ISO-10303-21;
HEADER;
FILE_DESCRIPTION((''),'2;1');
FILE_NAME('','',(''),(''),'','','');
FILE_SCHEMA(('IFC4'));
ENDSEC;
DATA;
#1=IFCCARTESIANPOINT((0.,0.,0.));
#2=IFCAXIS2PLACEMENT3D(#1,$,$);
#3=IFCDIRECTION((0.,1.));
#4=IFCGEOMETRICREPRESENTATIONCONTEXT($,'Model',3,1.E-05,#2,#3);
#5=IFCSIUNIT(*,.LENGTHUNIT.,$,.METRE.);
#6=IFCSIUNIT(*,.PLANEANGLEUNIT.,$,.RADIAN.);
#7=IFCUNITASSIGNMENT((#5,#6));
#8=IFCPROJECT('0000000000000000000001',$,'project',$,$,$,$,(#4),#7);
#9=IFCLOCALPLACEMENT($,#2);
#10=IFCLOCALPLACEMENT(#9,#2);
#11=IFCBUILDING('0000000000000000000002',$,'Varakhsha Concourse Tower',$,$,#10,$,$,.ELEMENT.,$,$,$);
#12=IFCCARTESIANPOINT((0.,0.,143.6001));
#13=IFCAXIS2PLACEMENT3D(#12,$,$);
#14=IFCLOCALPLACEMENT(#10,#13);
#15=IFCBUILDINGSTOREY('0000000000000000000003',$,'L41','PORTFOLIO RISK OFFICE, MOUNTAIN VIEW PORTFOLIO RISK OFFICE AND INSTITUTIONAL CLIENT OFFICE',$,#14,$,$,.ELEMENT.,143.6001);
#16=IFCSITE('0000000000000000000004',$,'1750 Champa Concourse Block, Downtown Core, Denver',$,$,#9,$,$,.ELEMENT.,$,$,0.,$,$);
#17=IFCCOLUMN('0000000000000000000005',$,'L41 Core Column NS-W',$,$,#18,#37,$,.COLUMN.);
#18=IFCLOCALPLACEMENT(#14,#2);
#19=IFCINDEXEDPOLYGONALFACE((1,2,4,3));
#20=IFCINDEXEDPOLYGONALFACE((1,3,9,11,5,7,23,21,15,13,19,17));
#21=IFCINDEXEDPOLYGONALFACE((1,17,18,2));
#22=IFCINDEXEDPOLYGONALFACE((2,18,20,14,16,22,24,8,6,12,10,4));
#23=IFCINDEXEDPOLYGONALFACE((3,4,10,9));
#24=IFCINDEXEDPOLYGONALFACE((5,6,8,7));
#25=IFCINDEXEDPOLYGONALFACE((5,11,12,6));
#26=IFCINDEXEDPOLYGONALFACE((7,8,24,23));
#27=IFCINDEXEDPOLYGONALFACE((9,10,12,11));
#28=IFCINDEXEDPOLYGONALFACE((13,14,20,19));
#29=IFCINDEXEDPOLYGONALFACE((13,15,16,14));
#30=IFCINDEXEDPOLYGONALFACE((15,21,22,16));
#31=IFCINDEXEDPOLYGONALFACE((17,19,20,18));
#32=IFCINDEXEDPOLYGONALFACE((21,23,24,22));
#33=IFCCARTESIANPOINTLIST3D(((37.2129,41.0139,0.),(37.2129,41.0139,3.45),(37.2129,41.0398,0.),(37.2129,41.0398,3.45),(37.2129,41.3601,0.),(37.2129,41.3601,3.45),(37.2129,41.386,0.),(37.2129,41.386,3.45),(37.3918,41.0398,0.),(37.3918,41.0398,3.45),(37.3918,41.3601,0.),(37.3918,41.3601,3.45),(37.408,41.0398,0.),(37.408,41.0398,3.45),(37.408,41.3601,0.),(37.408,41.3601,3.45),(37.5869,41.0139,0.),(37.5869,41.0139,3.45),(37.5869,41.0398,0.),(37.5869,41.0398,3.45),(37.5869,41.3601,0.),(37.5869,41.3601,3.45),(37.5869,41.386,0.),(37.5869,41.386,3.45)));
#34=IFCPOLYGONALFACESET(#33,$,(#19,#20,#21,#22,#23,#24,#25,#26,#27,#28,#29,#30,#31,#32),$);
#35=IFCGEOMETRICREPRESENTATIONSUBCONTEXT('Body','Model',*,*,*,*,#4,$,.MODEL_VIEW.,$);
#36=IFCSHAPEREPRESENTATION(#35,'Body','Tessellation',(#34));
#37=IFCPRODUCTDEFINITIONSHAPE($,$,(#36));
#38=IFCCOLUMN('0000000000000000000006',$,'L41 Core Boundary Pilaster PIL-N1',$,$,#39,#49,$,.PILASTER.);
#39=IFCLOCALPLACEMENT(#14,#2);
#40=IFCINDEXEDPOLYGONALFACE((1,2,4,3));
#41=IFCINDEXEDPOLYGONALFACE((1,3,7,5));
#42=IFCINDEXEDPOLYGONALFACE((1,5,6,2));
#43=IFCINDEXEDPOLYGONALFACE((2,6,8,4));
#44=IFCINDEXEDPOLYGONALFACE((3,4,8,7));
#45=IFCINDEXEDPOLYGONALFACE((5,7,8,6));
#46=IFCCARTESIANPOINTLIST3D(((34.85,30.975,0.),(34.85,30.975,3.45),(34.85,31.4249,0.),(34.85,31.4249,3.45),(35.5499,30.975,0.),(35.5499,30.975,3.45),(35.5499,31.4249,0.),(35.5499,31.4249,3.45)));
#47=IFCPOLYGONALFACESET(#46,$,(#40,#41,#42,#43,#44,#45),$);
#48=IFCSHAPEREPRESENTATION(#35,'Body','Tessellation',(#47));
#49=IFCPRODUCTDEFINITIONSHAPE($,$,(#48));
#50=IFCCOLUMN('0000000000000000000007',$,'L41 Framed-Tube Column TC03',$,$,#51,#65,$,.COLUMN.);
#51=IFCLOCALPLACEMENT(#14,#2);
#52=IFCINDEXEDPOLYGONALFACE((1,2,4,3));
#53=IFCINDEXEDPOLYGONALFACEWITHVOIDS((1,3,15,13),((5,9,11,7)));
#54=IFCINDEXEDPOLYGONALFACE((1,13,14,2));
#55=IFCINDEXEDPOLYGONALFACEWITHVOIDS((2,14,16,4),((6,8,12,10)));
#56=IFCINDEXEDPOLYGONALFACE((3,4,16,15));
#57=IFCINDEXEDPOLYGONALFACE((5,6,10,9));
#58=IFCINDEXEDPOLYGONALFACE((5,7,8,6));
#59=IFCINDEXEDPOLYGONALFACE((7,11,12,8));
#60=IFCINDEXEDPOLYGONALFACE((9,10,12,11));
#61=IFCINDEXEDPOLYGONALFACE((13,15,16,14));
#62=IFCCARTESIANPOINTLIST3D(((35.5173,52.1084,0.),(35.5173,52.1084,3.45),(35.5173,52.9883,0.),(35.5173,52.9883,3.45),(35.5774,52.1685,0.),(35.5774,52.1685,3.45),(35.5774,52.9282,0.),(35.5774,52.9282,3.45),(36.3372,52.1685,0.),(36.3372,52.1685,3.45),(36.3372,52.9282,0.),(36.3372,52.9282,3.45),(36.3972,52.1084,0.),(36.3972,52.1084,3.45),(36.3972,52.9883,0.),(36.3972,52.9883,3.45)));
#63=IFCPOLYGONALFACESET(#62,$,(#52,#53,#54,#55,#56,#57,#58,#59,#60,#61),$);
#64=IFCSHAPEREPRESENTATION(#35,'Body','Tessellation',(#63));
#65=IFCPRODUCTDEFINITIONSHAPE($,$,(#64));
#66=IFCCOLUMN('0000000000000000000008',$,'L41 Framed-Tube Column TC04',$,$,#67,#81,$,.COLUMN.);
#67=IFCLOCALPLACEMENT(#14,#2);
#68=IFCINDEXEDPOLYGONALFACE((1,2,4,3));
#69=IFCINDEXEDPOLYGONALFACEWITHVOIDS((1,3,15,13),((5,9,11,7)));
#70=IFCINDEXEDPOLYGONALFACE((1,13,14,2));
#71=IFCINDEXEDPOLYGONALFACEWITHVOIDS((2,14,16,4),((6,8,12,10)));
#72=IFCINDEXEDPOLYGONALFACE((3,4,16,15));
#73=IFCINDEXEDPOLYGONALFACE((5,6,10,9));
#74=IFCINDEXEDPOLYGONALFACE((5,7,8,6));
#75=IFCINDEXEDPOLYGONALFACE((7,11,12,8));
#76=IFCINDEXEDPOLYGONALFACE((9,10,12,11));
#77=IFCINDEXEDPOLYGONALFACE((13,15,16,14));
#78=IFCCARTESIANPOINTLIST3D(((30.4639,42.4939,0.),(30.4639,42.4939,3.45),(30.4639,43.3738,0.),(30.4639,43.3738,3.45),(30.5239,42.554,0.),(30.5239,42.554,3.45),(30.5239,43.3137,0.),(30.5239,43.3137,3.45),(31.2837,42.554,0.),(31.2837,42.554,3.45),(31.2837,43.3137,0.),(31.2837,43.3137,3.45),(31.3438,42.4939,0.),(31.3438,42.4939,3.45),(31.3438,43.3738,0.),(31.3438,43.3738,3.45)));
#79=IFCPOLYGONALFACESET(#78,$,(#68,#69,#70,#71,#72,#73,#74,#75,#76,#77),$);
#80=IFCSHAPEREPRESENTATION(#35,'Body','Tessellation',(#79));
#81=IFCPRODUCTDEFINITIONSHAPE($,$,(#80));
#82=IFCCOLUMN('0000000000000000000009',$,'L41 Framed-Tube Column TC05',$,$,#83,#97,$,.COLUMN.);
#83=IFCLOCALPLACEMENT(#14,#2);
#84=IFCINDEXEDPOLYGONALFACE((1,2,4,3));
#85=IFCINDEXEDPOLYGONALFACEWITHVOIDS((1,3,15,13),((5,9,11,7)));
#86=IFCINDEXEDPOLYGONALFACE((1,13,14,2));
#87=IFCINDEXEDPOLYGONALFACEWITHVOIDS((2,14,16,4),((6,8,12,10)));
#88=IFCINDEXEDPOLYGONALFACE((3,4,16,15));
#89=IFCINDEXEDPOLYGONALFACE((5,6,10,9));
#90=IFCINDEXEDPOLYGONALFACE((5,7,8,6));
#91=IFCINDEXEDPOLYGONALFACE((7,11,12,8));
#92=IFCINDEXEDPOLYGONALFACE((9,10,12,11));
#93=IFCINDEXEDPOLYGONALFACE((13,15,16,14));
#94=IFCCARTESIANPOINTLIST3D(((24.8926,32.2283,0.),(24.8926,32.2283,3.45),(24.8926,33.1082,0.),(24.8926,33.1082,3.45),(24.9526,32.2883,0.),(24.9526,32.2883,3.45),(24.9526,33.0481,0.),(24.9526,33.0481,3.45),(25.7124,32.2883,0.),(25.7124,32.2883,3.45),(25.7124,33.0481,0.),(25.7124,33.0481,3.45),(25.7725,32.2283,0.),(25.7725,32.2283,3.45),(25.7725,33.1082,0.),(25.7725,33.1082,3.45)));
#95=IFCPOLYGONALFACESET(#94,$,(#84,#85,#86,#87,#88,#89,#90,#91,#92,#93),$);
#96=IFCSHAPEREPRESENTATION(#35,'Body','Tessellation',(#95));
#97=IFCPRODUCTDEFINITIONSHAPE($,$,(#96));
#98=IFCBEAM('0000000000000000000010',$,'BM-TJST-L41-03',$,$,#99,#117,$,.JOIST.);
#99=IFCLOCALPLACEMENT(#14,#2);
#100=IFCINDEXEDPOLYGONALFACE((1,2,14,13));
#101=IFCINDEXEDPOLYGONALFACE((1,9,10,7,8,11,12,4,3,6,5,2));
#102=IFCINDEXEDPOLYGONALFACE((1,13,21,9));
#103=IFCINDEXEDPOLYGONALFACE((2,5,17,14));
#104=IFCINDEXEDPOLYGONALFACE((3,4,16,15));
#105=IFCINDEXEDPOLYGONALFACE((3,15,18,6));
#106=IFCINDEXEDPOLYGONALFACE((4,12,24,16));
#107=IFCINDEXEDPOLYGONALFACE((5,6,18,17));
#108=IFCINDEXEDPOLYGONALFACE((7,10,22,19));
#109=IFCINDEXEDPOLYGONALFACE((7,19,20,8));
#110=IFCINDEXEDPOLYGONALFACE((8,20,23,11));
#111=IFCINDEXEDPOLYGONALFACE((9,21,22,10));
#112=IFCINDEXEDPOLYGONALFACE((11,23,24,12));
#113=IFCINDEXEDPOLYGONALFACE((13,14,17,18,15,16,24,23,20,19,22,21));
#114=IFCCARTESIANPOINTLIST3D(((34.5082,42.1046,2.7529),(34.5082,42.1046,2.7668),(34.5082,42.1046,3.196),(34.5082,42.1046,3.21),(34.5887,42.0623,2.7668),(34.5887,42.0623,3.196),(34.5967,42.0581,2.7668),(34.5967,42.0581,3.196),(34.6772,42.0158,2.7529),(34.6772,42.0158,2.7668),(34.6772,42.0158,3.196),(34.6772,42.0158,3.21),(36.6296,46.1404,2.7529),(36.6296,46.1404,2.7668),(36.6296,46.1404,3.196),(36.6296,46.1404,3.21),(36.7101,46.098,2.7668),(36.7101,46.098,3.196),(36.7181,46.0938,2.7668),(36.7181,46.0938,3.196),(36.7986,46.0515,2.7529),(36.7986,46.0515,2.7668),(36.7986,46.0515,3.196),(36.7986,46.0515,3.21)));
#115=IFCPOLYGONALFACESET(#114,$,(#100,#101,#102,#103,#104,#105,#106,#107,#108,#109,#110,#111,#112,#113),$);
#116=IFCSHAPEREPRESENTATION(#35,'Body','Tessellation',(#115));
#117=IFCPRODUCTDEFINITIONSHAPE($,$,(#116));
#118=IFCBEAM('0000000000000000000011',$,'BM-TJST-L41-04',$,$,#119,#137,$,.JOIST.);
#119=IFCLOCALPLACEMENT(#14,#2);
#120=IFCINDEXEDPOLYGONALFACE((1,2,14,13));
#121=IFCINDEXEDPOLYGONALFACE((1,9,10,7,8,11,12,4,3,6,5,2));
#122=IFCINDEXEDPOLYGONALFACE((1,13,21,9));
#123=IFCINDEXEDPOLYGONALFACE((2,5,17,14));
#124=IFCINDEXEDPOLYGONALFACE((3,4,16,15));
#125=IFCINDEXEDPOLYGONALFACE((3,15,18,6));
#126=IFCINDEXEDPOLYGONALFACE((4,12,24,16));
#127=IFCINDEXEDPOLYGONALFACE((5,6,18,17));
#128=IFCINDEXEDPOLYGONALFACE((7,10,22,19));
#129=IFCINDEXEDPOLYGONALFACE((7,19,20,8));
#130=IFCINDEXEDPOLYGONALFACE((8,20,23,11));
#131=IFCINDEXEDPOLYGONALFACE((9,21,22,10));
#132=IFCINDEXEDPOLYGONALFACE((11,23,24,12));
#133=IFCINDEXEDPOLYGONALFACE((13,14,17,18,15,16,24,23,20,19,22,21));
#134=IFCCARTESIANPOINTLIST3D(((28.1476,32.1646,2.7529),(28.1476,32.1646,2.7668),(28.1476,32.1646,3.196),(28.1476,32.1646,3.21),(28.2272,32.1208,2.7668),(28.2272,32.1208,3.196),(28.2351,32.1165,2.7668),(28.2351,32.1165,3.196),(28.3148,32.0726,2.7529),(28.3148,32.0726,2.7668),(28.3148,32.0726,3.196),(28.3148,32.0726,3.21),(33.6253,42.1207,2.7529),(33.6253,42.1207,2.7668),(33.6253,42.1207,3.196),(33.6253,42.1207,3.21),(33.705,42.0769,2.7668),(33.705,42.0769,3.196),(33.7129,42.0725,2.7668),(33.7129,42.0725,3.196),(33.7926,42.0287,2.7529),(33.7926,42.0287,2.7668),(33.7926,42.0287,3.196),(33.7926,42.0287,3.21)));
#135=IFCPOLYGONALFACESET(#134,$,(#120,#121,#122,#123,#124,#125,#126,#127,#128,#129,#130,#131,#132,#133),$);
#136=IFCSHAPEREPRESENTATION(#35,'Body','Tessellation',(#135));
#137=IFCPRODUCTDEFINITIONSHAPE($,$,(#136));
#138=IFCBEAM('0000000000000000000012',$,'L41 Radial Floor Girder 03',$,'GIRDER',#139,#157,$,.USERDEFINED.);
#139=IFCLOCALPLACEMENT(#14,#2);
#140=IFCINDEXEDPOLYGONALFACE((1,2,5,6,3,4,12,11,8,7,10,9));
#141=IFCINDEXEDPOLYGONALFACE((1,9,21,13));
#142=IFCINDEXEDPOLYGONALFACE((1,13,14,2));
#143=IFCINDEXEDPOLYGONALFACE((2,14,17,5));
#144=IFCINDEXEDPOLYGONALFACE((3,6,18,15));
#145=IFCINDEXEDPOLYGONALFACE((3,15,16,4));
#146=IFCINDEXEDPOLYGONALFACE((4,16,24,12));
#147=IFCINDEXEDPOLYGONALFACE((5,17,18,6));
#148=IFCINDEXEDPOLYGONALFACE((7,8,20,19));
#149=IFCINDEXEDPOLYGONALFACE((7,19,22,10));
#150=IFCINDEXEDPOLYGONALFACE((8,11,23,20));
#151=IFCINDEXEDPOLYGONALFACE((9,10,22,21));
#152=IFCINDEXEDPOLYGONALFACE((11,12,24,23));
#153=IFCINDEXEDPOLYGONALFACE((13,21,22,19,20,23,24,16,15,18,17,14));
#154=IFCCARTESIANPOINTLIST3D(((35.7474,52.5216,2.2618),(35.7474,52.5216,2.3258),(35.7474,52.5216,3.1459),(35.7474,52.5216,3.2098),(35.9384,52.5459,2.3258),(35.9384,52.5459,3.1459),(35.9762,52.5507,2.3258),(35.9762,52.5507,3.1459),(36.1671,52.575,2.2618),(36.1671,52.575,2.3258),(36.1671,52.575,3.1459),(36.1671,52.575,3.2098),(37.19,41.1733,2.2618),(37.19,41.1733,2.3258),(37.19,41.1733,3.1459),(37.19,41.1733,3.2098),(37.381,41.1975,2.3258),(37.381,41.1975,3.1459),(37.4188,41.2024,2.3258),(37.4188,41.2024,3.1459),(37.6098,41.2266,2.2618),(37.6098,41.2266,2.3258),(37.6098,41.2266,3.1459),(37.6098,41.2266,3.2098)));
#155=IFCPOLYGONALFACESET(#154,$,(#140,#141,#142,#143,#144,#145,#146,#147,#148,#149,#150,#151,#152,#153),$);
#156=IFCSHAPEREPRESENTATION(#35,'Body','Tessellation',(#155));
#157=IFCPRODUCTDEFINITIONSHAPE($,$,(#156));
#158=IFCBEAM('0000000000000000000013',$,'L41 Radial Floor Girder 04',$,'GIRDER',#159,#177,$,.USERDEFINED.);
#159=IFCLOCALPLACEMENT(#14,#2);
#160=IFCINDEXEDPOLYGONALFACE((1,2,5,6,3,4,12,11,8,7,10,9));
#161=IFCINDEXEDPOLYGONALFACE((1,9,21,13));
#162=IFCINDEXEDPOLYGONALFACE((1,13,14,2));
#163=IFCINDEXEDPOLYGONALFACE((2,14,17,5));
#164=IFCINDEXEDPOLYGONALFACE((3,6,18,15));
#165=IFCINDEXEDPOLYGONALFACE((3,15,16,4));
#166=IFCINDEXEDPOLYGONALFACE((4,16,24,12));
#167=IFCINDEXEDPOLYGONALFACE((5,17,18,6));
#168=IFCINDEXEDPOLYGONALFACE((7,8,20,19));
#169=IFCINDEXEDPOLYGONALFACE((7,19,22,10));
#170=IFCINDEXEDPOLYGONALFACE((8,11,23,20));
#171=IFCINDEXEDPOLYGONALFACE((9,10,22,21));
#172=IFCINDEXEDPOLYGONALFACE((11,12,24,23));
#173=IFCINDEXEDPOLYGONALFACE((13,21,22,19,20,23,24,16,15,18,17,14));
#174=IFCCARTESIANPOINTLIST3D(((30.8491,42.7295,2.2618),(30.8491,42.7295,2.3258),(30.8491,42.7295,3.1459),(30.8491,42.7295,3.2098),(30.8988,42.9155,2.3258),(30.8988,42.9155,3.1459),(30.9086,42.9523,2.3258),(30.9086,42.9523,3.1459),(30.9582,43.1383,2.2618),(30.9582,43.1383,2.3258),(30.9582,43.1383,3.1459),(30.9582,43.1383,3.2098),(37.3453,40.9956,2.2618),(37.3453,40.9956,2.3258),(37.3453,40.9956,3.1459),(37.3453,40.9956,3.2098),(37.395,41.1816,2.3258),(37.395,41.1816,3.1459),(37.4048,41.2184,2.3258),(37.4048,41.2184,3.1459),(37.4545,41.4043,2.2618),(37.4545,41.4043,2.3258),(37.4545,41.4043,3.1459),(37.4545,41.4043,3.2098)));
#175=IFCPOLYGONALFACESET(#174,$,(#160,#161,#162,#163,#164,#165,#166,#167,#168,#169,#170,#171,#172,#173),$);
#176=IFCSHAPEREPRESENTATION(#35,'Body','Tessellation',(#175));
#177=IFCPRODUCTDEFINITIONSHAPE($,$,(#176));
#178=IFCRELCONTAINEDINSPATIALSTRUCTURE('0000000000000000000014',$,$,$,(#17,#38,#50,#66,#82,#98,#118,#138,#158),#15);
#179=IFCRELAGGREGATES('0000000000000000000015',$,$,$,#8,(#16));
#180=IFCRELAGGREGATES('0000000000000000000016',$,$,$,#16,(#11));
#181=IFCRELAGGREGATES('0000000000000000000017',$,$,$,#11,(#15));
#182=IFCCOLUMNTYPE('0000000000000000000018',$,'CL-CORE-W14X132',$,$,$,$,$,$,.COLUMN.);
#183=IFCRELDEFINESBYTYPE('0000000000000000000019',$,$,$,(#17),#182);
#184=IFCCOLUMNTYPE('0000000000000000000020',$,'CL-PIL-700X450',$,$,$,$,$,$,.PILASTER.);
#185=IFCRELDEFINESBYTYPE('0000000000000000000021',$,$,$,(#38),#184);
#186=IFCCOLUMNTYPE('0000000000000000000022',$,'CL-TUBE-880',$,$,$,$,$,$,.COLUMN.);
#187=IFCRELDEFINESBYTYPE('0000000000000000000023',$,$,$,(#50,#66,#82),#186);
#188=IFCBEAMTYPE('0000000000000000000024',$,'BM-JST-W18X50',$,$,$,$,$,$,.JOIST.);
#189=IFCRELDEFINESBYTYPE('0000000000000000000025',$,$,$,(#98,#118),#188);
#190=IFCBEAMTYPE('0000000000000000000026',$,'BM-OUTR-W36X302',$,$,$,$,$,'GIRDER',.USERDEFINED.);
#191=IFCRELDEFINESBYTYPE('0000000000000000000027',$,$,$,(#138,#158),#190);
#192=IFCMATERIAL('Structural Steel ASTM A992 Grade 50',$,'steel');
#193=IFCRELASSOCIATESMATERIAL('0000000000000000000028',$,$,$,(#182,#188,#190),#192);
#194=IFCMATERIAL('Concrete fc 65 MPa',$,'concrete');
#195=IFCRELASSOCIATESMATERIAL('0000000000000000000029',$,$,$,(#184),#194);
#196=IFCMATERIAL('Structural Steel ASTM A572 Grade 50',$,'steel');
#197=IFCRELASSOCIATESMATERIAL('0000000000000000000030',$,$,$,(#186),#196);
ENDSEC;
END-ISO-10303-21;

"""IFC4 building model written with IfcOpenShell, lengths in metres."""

from ifc_helpers import new_model, si_unit, direction, frame, origin, origin_2d, place, context, subcontext, project, spatial, rectangle, hollow_rectangle, i_section, extrude, material, material_profile, profile_set, type_object, element, save


model = new_model("IFC4")

# Units and contexts
model_context = context("Model", 3, precision=1e-05, world=origin(), true_north=direction((0.0, 1.0)))
body_context = subcontext(model_context, "Body", "Model", "MODEL_VIEW")
ifc_project = project(units=[si_unit("LENGTHUNIT", "METRE"), si_unit("PLANEANGLEUNIT", "RADIAN")], contexts=[model_context])

# Site, building, storey
site_placement = place(None, origin())
site = spatial("IfcSite", under=ifc_project, at=site_placement, Name="1750 Champa Concourse Block, Downtown Core, Denver", CompositionType="ELEMENT", RefElevation=0.0)
building_placement = place(site_placement, origin())
building = spatial("IfcBuilding", under=site, at=building_placement, Name="Varakhsha Concourse Tower", CompositionType="ELEMENT")
storey_placement = place(building_placement, frame((0.0, 0.0, 143.6001)))
storey = spatial("IfcBuildingStorey", under=building, at=storey_placement, Name="L41", Description="PORTFOLIO RISK OFFICE, MOUNTAIN VIEW PORTFOLIO RISK OFFICE AND INSTITUTIONAL CLIENT OFFICE", CompositionType="ELEMENT", Elevation=143.6001)

# Columns
ifc_material_1 = material(Name="Structural Steel ASTM A992 Grade 50", Category="steel")
ifc_material_profile_1 = material_profile(ifc_material_1, i_section(OverallWidth=0.374, OverallDepth=0.3721, WebThickness=0.0161, FlangeThickness=0.0259, at=origin_2d()), Name="W14X132")
ifc_profile_set_1 = profile_set([ifc_material_profile_1], Name="Structural Steel ASTM A992 Grade 50")
column_type_1 = type_object("IfcColumnType", Name="CL-CORE-W14X132", PredefinedType="COLUMN", material=ifc_profile_set_1)
column_1_placement = place(storey_placement, frame((37.3999, 41.2, 0.0), z_axis=(0.0, 0.0, 1.0), x_axis=(1.0, 0.0, 0.0)))
element("IfcColumn", 1, at=column_1_placement, inside=storey, type_object=column_type_1, Name="L41 Core Column NS-W", PredefinedType="COLUMN", context=body_context, shape_type="SweptSolid", body=[
    extrude(i_section(OverallWidth=0.374, OverallDepth=0.3721, WebThickness=0.0161, FlangeThickness=0.0259, at=origin_2d()), origin(), (0.0, 0.0, 1.0), 3.45),
])
ifc_material_2 = material(Name="Concrete fc 65 MPa", Category="concrete")
ifc_material_profile_2 = material_profile(ifc_material_2, rectangle(XDim=0.7, YDim=0.45, at=origin_2d()), Name="RC 700x450")
ifc_profile_set_2 = profile_set([ifc_material_profile_2], Name="Concrete fc 65 MPa")
column_type_2 = type_object("IfcColumnType", Name="CL-PIL-700X450", PredefinedType="PILASTER", material=ifc_profile_set_2)
column_2_placement = place(storey_placement, frame((35.2, 31.2, 0.0), z_axis=(0.0, 0.0, 1.0), x_axis=(1.0, 0.0, 0.0)))
element("IfcColumn", 2, at=column_2_placement, inside=storey, type_object=column_type_2, Name="L41 Core Boundary Pilaster PIL-N1", PredefinedType="PILASTER", context=body_context, shape_type="SweptSolid", body=[
    extrude(rectangle(XDim=0.7, YDim=0.45, at=origin_2d()), origin(), (0.0, 0.0, 1.0), 3.45),
])
ifc_material_3 = material(Name="Structural Steel ASTM A572 Grade 50", Category="steel")
ifc_material_profile_3 = material_profile(ifc_material_3, hollow_rectangle(XDim=0.8799, YDim=0.8799, WallThickness=0.0601, at=origin_2d()), Name="BOX 880x880x60")
ifc_profile_set_3 = profile_set([ifc_material_profile_3], Name="Structural Steel ASTM A572 Grade 50")
column_type_3 = type_object("IfcColumnType", Name="CL-TUBE-880", PredefinedType="COLUMN", material=ifc_profile_set_3)
for number, where, z_axis, x_axis, name in (
    (3, (35.9573, 52.5483, 0.0), (0.0, 0.0, 1.0), (1.0, 0.0, 0.0), "L41 Framed-Tube Column TC03"),
    (4, (30.9038, 42.9338, 0.0), (0.0, 0.0, 1.0), (1.0, 0.0, 0.0), "L41 Framed-Tube Column TC04"),
    (5, (25.3325, 32.6682, 0.0), (0.0, 0.0, 1.0), (1.0, 0.0, 0.0), "L41 Framed-Tube Column TC05"),
):
    element("IfcColumn", number, at=place(storey_placement, frame(where, z_axis=z_axis, x_axis=x_axis)), inside=storey, type_object=column_type_3, Name=name, PredefinedType="COLUMN", context=body_context, shape_type="SweptSolid", body=[
        extrude(hollow_rectangle(XDim=0.8799, YDim=0.8799, WallThickness=0.0601, at=origin_2d()), origin(), (0.0, 0.0, 1.0), 3.45),
    ])

# Beams
ifc_material_profile_4 = material_profile(ifc_material_1, i_section(OverallWidth=0.1909, OverallDepth=0.457, WebThickness=0.009, FlangeThickness=0.0139, at=origin_2d()), Name="W18X50")
ifc_profile_set_4 = profile_set([ifc_material_profile_4], Name="Structural Steel ASTM A992 Grade 50")
beam_type_1 = type_object("IfcBeamType", Name="BM-JST-W18X50", PredefinedType="JOIST", material=ifc_profile_set_4)
beam_1_placement = place(storey_placement, frame((36.7141, 46.0959, 2.9814), z_axis=(-0.465285, -0.885161, 0.0), x_axis=(0.885161, -0.465285, 0.0)))
element("IfcBeam", 6, at=beam_1_placement, inside=storey, type_object=beam_type_1, Name="BM-TJST-L41-03", PredefinedType="JOIST", context=body_context, shape_type="SweptSolid", body=[
    extrude(i_section(OverallWidth=0.1909, OverallDepth=0.457, WebThickness=0.009, FlangeThickness=0.0139, at=origin_2d()), origin(), (0.0, 0.0, 1.0), 4.5593),
])
beam_2_placement = place(storey_placement, frame((33.709, 42.0747, 2.9814), z_axis=(-0.482051, -0.876143, 0.0), x_axis=(0.876143, -0.482051, 0.0)))
element("IfcBeam", 7, at=beam_2_placement, inside=storey, type_object=beam_type_1, Name="BM-TJST-L41-04", PredefinedType="JOIST", context=body_context, shape_type="SweptSolid", body=[
    extrude(i_section(OverallWidth=0.1909, OverallDepth=0.457, WebThickness=0.009, FlangeThickness=0.0139, at=origin_2d()), origin(), (0.0, 0.0, 1.0), 11.3635),
])
ifc_material_profile_5 = material_profile(ifc_material_1, i_section(OverallWidth=0.4231, OverallDepth=0.948, WebThickness=0.0381, FlangeThickness=0.064, at=origin_2d()), Name="W36X302")
ifc_profile_set_5 = profile_set([ifc_material_profile_5], Name="Structural Steel ASTM A992 Grade 50")
beam_type_2 = type_object("IfcBeamType", Name="BM-OUTR-W36X302", ElementType="GIRDER", PredefinedType="USERDEFINED", material=ifc_profile_set_5)
beam_3_placement = place(storey_placement, frame((37.3999, 41.2, 2.7358), z_axis=(-0.126107, 0.992017, 0.0), x_axis=(-0.992017, -0.126107, 0.0)))
element("IfcBeam", 8, at=beam_3_placement, inside=storey, type_object=beam_type_2, Name="L41 Radial Floor Girder 03", ObjectType="GIRDER", PredefinedType="USERDEFINED", context=body_context, shape_type="SweptSolid", body=[
    extrude(i_section(OverallWidth=0.4231, OverallDepth=0.948, WebThickness=0.0381, FlangeThickness=0.064, at=origin_2d()), origin(), (0.0, 0.0, 1.0), 11.4397),
])
beam_4_placement = place(storey_placement, frame((37.3999, 41.2, 2.7358), z_axis=(-0.966176, 0.257884, 0.0), x_axis=(-0.257884, -0.966176, 0.0)))
element("IfcBeam", 9, at=beam_4_placement, inside=storey, type_object=beam_type_2, Name="L41 Radial Floor Girder 04", ObjectType="GIRDER", PredefinedType="USERDEFINED", context=body_context, shape_type="SweptSolid", body=[
    extrude(i_section(OverallWidth=0.4231, OverallDepth=0.948, WebThickness=0.0381, FlangeThickness=0.064, at=origin_2d()), origin(), (0.0, 0.0, 1.0), 6.7236),
])

save(model, "model.ifc")
